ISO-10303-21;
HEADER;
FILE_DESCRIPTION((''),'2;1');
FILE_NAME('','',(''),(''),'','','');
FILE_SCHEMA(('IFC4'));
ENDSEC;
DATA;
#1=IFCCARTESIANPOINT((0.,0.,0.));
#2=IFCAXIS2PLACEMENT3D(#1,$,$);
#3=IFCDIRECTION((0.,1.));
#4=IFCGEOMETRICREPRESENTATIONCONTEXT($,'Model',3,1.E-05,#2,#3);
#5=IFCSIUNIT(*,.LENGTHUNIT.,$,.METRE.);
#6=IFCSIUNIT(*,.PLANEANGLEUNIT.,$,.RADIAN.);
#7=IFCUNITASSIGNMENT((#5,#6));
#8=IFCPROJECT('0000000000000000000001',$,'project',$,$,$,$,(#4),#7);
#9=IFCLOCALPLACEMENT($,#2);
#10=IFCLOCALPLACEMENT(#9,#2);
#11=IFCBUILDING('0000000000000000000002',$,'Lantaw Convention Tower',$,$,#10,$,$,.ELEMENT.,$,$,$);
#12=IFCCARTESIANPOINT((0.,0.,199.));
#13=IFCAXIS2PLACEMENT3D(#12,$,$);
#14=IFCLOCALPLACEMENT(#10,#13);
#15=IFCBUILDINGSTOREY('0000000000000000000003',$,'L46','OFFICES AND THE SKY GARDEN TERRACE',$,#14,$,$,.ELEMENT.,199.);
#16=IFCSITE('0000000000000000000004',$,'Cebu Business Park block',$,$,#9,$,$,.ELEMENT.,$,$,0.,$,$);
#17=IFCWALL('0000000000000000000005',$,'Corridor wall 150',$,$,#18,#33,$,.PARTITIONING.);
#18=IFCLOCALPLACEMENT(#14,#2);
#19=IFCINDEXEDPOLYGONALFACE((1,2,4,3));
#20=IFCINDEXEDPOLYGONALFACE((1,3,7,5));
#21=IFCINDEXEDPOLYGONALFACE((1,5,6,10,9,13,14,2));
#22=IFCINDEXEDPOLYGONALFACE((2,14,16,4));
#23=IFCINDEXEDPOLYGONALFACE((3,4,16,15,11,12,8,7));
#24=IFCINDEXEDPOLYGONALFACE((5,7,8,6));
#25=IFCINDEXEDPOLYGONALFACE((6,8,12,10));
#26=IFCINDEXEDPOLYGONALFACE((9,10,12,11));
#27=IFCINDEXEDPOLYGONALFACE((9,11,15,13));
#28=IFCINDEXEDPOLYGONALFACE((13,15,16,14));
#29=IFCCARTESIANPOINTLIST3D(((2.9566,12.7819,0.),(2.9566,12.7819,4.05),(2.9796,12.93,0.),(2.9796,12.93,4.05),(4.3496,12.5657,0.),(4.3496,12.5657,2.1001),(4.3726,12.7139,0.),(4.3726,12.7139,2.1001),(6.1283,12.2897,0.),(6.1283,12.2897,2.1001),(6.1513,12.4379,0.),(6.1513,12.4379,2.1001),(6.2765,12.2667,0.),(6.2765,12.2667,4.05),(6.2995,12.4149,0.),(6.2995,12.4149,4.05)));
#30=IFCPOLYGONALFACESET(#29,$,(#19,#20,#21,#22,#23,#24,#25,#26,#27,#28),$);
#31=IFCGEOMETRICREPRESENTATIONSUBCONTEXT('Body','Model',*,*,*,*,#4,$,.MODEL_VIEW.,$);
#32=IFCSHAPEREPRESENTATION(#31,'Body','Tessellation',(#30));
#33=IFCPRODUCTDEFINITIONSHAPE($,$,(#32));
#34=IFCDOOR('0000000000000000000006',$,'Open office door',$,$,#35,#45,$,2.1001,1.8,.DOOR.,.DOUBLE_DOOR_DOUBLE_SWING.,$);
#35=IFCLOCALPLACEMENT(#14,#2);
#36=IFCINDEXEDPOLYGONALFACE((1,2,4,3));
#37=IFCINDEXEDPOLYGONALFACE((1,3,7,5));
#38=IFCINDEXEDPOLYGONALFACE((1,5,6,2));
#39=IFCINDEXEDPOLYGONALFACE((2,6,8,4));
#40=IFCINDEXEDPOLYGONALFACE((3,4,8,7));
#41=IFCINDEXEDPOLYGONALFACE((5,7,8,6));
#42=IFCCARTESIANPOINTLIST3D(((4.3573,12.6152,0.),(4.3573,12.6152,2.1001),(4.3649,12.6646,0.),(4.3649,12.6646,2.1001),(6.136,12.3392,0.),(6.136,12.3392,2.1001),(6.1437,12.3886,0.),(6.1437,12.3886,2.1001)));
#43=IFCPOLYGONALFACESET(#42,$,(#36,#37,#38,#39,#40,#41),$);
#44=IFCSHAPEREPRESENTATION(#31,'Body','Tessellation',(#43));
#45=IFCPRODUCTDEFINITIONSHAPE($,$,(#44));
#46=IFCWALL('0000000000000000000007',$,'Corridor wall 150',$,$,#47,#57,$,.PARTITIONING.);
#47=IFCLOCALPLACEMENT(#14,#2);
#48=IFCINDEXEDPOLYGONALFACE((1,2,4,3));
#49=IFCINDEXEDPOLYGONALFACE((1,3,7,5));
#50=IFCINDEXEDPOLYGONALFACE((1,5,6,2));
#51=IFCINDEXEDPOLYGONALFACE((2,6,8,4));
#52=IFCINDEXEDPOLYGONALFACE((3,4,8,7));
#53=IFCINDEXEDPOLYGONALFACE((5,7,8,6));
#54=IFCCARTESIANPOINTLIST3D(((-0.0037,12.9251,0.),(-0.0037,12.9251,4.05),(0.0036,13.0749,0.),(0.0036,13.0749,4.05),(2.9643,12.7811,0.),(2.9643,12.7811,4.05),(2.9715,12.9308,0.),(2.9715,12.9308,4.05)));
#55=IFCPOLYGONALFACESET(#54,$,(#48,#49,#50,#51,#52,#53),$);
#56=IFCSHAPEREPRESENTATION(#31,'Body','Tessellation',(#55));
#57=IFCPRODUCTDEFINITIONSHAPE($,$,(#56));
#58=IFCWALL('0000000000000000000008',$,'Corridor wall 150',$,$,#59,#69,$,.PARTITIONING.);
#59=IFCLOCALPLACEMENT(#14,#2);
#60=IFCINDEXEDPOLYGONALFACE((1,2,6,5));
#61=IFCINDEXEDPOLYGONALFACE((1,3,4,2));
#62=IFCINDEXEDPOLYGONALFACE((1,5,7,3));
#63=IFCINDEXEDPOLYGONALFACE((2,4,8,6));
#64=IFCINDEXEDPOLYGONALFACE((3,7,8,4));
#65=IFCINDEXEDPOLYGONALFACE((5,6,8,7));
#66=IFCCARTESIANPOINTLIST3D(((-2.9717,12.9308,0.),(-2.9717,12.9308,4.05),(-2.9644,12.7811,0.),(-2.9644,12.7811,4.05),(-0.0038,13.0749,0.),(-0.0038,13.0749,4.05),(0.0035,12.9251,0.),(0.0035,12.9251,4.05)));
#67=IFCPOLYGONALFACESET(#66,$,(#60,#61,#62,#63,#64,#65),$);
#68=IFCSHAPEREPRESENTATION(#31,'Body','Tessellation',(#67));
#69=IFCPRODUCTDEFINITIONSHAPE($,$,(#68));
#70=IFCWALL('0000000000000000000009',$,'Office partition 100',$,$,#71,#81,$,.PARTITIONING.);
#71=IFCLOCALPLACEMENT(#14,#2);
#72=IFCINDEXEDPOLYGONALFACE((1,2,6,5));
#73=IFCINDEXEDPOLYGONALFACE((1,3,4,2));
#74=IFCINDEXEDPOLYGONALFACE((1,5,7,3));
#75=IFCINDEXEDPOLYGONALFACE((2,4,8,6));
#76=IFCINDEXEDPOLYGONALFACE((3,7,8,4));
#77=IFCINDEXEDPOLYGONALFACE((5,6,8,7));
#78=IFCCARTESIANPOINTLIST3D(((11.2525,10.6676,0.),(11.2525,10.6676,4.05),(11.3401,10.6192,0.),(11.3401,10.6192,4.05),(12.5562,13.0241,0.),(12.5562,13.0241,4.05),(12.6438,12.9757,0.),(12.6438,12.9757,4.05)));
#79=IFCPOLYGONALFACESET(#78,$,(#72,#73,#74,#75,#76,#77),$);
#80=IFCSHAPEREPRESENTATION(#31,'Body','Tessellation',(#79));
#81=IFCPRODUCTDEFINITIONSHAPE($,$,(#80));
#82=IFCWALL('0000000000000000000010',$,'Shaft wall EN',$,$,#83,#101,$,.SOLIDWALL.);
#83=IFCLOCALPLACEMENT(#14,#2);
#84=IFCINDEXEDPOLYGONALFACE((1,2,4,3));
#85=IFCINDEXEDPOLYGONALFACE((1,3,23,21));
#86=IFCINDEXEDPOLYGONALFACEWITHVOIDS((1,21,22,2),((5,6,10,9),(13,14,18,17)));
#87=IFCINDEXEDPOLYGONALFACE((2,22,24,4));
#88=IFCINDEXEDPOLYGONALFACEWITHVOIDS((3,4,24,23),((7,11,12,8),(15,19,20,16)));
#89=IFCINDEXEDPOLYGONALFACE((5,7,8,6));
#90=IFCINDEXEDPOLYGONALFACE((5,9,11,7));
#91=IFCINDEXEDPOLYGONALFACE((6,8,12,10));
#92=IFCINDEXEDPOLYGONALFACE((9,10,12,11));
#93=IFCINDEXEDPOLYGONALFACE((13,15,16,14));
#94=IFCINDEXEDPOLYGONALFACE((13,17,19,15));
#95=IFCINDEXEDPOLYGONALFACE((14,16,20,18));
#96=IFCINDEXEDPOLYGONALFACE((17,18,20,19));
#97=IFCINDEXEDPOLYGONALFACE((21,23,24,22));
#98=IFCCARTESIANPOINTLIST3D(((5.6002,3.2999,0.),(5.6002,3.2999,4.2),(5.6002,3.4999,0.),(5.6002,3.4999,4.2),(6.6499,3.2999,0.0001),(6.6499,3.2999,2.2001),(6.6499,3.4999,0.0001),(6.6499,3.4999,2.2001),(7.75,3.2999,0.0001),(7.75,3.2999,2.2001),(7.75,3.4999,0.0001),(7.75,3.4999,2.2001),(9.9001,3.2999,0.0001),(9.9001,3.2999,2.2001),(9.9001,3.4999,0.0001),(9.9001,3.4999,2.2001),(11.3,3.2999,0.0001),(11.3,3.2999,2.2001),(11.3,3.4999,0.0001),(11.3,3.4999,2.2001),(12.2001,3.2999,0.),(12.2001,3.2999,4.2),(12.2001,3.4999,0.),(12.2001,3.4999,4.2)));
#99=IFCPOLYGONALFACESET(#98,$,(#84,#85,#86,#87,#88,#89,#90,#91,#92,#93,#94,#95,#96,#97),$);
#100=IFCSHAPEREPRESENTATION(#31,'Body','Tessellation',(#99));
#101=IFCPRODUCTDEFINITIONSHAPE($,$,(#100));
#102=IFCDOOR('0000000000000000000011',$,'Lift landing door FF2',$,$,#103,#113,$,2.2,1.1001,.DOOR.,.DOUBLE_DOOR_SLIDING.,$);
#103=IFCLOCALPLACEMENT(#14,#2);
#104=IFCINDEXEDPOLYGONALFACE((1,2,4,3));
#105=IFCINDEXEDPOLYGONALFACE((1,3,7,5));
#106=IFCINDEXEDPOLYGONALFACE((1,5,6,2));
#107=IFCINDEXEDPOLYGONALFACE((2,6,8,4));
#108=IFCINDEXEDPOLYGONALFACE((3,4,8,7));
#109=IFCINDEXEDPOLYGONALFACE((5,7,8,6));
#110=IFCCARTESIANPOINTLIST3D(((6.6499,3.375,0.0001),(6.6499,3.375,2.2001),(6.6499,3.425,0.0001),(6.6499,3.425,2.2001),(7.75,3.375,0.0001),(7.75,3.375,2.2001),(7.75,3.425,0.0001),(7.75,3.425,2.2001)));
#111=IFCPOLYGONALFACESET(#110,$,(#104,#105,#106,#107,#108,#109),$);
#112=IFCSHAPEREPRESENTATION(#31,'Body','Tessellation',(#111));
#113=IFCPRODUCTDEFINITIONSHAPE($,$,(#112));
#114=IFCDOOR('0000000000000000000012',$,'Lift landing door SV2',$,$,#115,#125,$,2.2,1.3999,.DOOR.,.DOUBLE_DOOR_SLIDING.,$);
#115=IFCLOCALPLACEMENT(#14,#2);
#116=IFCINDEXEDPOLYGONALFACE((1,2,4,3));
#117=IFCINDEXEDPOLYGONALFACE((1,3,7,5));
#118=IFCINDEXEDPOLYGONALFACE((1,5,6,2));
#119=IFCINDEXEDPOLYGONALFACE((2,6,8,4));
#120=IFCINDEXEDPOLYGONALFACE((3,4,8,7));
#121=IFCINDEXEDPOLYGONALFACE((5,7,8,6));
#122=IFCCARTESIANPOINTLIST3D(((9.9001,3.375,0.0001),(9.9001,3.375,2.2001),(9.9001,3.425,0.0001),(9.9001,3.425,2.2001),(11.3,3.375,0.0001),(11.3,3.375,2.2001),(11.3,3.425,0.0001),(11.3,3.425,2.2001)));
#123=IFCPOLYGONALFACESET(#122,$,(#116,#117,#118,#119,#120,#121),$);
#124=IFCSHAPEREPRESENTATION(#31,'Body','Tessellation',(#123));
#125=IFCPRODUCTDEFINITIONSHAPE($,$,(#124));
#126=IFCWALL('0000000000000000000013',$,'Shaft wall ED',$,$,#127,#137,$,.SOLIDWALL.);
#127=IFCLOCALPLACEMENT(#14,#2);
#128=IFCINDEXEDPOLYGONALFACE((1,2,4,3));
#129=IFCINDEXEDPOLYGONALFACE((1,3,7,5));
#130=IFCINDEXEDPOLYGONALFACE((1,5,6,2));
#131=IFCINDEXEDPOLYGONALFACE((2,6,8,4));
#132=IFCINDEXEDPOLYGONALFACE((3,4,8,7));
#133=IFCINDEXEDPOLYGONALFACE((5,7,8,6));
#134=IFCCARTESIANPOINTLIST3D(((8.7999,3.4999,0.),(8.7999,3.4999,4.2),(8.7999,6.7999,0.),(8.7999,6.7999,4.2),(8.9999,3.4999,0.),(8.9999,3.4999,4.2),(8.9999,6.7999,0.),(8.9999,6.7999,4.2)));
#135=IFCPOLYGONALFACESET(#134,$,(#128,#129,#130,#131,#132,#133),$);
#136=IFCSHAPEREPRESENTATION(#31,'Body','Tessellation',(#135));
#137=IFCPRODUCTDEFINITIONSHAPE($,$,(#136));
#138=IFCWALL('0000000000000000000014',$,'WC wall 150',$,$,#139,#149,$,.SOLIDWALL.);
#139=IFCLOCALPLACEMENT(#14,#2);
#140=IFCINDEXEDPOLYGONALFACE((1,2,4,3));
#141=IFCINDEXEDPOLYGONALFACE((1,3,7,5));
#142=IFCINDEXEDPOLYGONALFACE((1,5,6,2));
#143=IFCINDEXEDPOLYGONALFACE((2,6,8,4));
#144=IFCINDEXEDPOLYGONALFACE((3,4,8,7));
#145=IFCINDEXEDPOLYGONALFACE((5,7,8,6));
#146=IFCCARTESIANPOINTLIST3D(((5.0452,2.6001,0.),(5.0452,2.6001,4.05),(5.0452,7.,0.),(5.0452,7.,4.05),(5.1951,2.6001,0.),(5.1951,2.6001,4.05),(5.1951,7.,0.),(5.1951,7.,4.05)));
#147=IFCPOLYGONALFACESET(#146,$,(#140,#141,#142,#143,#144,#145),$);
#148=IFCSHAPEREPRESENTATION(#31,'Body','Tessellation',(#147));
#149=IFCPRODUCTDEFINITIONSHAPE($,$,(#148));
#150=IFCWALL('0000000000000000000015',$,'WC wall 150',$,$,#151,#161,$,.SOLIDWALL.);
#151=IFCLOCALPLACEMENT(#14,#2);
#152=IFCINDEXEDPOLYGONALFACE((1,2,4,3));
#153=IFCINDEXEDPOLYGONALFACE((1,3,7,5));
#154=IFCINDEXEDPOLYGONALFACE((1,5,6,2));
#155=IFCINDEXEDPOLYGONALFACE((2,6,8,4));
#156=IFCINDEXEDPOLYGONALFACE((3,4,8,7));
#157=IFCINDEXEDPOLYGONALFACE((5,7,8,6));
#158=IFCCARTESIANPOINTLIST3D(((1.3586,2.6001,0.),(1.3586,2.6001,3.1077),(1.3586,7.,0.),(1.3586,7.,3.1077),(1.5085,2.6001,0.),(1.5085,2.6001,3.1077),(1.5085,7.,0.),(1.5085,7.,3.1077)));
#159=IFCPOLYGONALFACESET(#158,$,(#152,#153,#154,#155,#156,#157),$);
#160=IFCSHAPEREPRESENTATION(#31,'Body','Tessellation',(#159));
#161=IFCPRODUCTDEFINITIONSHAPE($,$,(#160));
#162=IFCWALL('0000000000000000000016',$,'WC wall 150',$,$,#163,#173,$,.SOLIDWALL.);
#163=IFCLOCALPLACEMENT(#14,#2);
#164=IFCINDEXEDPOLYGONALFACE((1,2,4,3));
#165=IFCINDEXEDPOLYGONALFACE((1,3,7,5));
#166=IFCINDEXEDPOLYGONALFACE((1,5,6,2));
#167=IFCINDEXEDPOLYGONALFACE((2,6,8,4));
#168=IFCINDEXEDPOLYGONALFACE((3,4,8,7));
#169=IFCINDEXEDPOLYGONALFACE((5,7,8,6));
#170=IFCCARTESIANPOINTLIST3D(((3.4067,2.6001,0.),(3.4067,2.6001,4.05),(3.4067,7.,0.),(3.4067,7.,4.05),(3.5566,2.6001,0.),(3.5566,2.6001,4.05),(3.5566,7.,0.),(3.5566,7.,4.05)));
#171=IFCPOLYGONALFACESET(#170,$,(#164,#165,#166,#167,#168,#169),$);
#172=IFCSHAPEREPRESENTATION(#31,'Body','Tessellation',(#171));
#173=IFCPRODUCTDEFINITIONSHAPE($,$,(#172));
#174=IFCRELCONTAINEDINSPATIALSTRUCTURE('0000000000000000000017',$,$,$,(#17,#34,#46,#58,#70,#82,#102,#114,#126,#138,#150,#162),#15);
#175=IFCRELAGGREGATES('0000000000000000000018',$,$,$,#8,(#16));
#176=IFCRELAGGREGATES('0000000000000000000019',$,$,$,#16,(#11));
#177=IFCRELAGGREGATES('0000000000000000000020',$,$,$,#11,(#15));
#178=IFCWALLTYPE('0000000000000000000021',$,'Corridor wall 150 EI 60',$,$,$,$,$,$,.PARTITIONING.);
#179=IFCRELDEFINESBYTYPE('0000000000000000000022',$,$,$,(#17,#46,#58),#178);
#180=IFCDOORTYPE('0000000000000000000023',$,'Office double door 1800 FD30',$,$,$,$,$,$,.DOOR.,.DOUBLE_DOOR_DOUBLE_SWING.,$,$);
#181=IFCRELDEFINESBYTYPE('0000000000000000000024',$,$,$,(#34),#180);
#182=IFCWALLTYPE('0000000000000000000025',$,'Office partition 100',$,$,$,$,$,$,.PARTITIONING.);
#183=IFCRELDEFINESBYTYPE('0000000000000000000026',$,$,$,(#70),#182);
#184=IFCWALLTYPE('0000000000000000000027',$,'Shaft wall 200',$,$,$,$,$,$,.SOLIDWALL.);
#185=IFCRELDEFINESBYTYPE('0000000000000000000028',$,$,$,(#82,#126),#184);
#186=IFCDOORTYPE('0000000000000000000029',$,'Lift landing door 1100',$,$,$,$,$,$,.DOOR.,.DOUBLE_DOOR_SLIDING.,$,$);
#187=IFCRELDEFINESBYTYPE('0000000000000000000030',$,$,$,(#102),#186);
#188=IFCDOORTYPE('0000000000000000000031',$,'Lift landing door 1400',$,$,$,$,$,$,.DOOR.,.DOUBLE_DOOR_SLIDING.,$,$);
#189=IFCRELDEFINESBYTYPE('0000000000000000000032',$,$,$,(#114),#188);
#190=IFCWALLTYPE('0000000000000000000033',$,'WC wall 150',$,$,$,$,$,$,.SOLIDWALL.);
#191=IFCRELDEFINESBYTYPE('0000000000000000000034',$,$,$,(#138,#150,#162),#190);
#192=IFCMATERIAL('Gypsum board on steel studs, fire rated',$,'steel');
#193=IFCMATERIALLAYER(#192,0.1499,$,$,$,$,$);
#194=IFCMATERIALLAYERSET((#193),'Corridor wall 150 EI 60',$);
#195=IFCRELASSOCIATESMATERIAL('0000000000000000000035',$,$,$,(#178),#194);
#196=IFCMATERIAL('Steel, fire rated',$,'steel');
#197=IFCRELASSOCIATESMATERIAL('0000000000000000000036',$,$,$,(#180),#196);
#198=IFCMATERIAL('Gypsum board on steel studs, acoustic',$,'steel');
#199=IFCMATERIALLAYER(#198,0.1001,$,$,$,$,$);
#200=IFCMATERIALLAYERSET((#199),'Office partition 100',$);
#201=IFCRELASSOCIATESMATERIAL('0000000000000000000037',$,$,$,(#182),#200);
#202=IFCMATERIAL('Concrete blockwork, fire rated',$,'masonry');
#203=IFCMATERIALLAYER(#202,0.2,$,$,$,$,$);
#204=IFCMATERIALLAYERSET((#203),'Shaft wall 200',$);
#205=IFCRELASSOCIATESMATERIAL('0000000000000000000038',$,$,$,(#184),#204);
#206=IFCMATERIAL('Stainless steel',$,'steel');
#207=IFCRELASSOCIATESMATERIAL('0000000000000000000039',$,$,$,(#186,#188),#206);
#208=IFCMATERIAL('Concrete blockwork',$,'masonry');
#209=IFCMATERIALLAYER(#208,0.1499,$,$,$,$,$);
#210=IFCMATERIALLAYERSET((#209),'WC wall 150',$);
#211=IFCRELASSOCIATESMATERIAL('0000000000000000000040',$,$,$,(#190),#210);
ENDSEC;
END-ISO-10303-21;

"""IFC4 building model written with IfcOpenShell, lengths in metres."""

from ifc_helpers import new_model, si_unit, direction, frame, frame_2d, origin, place, context, subcontext, project, spatial, rectangle, extrude, material, layer, layer_set, type_object, element, fill, save


model = new_model("IFC4")

# Units and contexts
model_context = context("Model", 3, precision=1e-05, world=origin(), true_north=direction((0.0, 1.0)))
body_context = subcontext(model_context, "Body", "Model", "MODEL_VIEW")
ifc_project = project(units=[si_unit("LENGTHUNIT", "METRE"), si_unit("PLANEANGLEUNIT", "RADIAN")], contexts=[model_context])

# Site, building, storey
site_placement = place(None, origin())
site = spatial("IfcSite", under=ifc_project, at=site_placement, Name="Cebu Business Park block", CompositionType="ELEMENT", RefElevation=0.0)
building_placement = place(site_placement, origin())
building = spatial("IfcBuilding", under=site, at=building_placement, Name="Lantaw Convention Tower", CompositionType="ELEMENT")
storey_placement = place(building_placement, frame((0.0, 0.0, 199.0)))
storey = spatial("IfcBuildingStorey", under=building, at=storey_placement, Name="L46", Description="OFFICES AND THE SKY GARDEN TERRACE", CompositionType="ELEMENT", Elevation=199.0)

# Shared definitions
ifc_material_1 = material(Name="Gypsum board on steel studs, fire rated", Category="steel")
ifc_layer_1 = layer(ifc_material_1, 0.1499)
ifc_layer_set_1 = layer_set([ifc_layer_1], Name="Corridor wall 150 EI 60")
wall_type_1 = type_object("IfcWallType", Name="Corridor wall 150 EI 60", PredefinedType="PARTITIONING", material=ifc_layer_set_1)

# Wall, opening, door
wall_1_placement = place(storey_placement, frame((6.2878, 12.3408, 0.0), z_axis=(0.0, 0.0, 1.0), x_axis=(-0.988174, 0.153335, 0.0)))
wall_1 = element("IfcWall", 1, at=wall_1_placement, inside=storey, type_object=wall_type_1, Name="Corridor wall 150", PredefinedType="PARTITIONING", context=body_context, shape_type="SweptSolid", body=[
    extrude(rectangle(XDim=3.3596, YDim=0.1499, at=frame_2d((1.6797, 0.0))), origin(), (0.0, 0.0, 1.0), 4.05),
])
opening_1_placement = place(wall_1_placement, frame((0.1499, 0.0, 0.0)))
opening_1 = element("IfcOpeningElement", 2, at=opening_1_placement, cuts=wall_1, PredefinedType="OPENING", context=body_context, shape_type="SweptSolid", body=[
    extrude(rectangle(XDim=1.8, YDim=2.1001, at=frame_2d((0.8999, 1.05))), frame((0.0, 0.085, 0.0), z_axis=(0.0, -1.0, 0.0), x_axis=(1.0, 0.0, 0.0)), (0.0, 0.0, 1.0), 0.1699),
])
ifc_material_2 = material(Name="Steel, fire rated", Category="steel")
door_type_1 = type_object("IfcDoorType", Name="Office double door 1800 FD30", OperationType="DOUBLE_DOOR_DOUBLE_SWING", PredefinedType="DOOR", material=ifc_material_2)
door_1_placement = place(opening_1_placement, origin())
door_1 = element("IfcDoor", 3, at=door_1_placement, inside=storey, type_object=door_type_1, Name="Open office door", OperationType="DOUBLE_DOOR_DOUBLE_SWING", OverallHeight=2.1001, OverallWidth=1.8, PredefinedType="DOOR", context=body_context, shape_type="SweptSolid", body=[
    extrude(rectangle(XDim=1.8, YDim=2.1001, at=frame_2d((0.8999, 1.05))), frame((0.0, 0.0249, 0.0), z_axis=(0.0, -1.0, 0.0), x_axis=(1.0, 0.0, 0.0)), (0.0, 0.0, 1.0), 0.05),
])
fill(opening_1, door_1)

# Walls
for number, where, z_axis, x_axis, name in (
    (4, (2.968, 12.856, 0.0), (0.0, 0.0, 1.0), (-0.998824, 0.048475, 0.0), "Corridor wall 150"),
    (5, (0.0, 13.0, 0.0), (0.0, 0.0, 1.0), (-0.998824, -0.048475, 0.0), "Corridor wall 150"),
):
    element("IfcWall", number, at=place(storey_placement, frame(where, z_axis=z_axis, x_axis=x_axis)), inside=storey, type_object=wall_type_1, Name=name, PredefinedType="PARTITIONING", context=body_context, shape_type="SweptSolid", body=[
        extrude(rectangle(XDim=2.9714, YDim=0.1499, at=frame_2d((1.4858, 0.0))), origin(), (0.0, 0.0, 1.0), 4.05),
    ])
ifc_material_3 = material(Name="Gypsum board on steel studs, acoustic", Category="steel")
ifc_layer_2 = layer(ifc_material_3, 0.1001)
ifc_layer_set_2 = layer_set([ifc_layer_2], Name="Office partition 100")
wall_type_2 = type_object("IfcWallType", Name="Office partition 100", PredefinedType="PARTITIONING", material=ifc_layer_set_2)
wall_2_placement = place(storey_placement, frame((12.6001, 13.0, 0.0), z_axis=(0.0, 0.0, 1.0), x_axis=(-0.484103, -0.875011, 0.0)))
element("IfcWall", 6, at=wall_2_placement, inside=storey, type_object=wall_type_2, Name="Office partition 100", PredefinedType="PARTITIONING", context=body_context, shape_type="SweptSolid", body=[
    extrude(rectangle(XDim=2.6931, YDim=0.1001, at=frame_2d((1.3467, 0.0))), origin(), (0.0, 0.0, 1.0), 4.05),
])

# Wall, openings, doors
ifc_material_4 = material(Name="Concrete blockwork, fire rated", Category="masonry")
ifc_layer_3 = layer(ifc_material_4, 0.2)
ifc_layer_set_3 = layer_set([ifc_layer_3], Name="Shaft wall 200")
wall_type_3 = type_object("IfcWallType", Name="Shaft wall 200", PredefinedType="SOLIDWALL", material=ifc_layer_set_3)
wall_3_placement = place(storey_placement, frame((12.2, 3.3999, 0.0), z_axis=(0.0, 0.0, 1.0), x_axis=(-1.0, 0.0, 0.0)))
wall_3 = element("IfcWall", 7, at=wall_3_placement, inside=storey, type_object=wall_type_3, Name="Shaft wall EN", PredefinedType="SOLIDWALL", context=body_context, shape_type="SweptSolid", body=[
    extrude(rectangle(XDim=6.5999, YDim=0.2, at=frame_2d((3.2998, 0.0))), origin(), (0.0, 0.0, 1.0), 4.2),
])
opening_2_placement = place(wall_3_placement, frame((4.45, 0.0, 0.0)))
opening_2 = element("IfcOpeningElement", 8, at=opening_2_placement, cuts=wall_3, PredefinedType="OPENING", context=body_context, shape_type="SweptSolid", body=[
    extrude(rectangle(XDim=1.1001, YDim=2.2, at=frame_2d((0.55, 1.1001))), frame((0.0, 0.1099, 0.0), z_axis=(0.0, -1.0, 0.0), x_axis=(1.0, 0.0, 0.0)), (0.0, 0.0, 1.0), 0.22),
])
opening_3_placement = place(wall_3_placement, frame((0.8999, 0.0, 0.0)))
opening_3 = element("IfcOpeningElement", 9, at=opening_3_placement, cuts=wall_3, PredefinedType="OPENING", context=body_context, shape_type="SweptSolid", body=[
    extrude(rectangle(XDim=1.3999, YDim=2.2, at=frame_2d((0.7, 1.1001))), frame((0.0, 0.1099, 0.0), z_axis=(0.0, -1.0, 0.0), x_axis=(1.0, 0.0, 0.0)), (0.0, 0.0, 1.0), 0.22),
])
ifc_material_5 = material(Name="Stainless steel", Category="steel")
door_type_2 = type_object("IfcDoorType", Name="Lift landing door 1100", OperationType="DOUBLE_DOOR_SLIDING", PredefinedType="DOOR", material=ifc_material_5)
door_2_placement = place(opening_2_placement, origin())
door_2 = element("IfcDoor", 10, at=door_2_placement, inside=storey, type_object=door_type_2, Name="Lift landing door FF2", OperationType="DOUBLE_DOOR_SLIDING", OverallHeight=2.2, OverallWidth=1.1001, PredefinedType="DOOR", context=body_context, shape_type="SweptSolid", body=[
    extrude(rectangle(XDim=1.1001, YDim=2.2, at=frame_2d((0.55, 1.1001))), frame((0.0, 0.0249, 0.0), z_axis=(0.0, -1.0, 0.0), x_axis=(1.0, 0.0, 0.0)), (0.0, 0.0, 1.0), 0.05),
])
fill(opening_2, door_2)
door_type_3 = type_object("IfcDoorType", Name="Lift landing door 1400", OperationType="DOUBLE_DOOR_SLIDING", PredefinedType="DOOR", material=ifc_material_5)
door_3_placement = place(opening_3_placement, origin())
door_3 = element("IfcDoor", 11, at=door_3_placement, inside=storey, type_object=door_type_3, Name="Lift landing door SV2", OperationType="DOUBLE_DOOR_SLIDING", OverallHeight=2.2, OverallWidth=1.3999, PredefinedType="DOOR", context=body_context, shape_type="SweptSolid", body=[
    extrude(rectangle(XDim=1.3999, YDim=2.2, at=frame_2d((0.7, 1.1001))), frame((0.0, 0.0249, 0.0), z_axis=(0.0, -1.0, 0.0), x_axis=(1.0, 0.0, 0.0)), (0.0, 0.0, 1.0), 0.05),
])
fill(opening_3, door_3)

# Walls
wall_4_placement = place(storey_placement, frame((8.8999, 3.5, 0.0), z_axis=(0.0, 0.0, 1.0), x_axis=(0.0, 1.0, 0.0)))
element("IfcWall", 12, at=wall_4_placement, inside=storey, type_object=wall_type_3, Name="Shaft wall ED", PredefinedType="SOLIDWALL", context=body_context, shape_type="SweptSolid", body=[
    extrude(rectangle(XDim=3.3, YDim=0.2, at=frame_2d((1.6499, 0.0))), origin(), (0.0, 0.0, 1.0), 4.2),
])
ifc_material_6 = material(Name="Concrete blockwork", Category="masonry")
ifc_layer_4 = layer(ifc_material_6, 0.1499)
ifc_layer_set_4 = layer_set([ifc_layer_4], Name="WC wall 150")
wall_type_4 = type_object("IfcWallType", Name="WC wall 150", PredefinedType="SOLIDWALL", material=ifc_layer_set_4)
wall_5_placement = place(storey_placement, frame((5.1201, 2.6001, 0.0), z_axis=(0.0, 0.0, 1.0), x_axis=(0.0, 1.0, 0.0)))
element("IfcWall", 13, at=wall_5_placement, inside=storey, type_object=wall_type_4, Name="WC wall 150", PredefinedType="SOLIDWALL", context=body_context, shape_type="SweptSolid", body=[
    extrude(rectangle(XDim=4.3999, YDim=0.1499, at=frame_2d((2.2, 0.0))), origin(), (0.0, 0.0, 1.0), 4.05),
])
wall_6_placement = place(storey_placement, frame((1.4336, 2.6001, 0.0), z_axis=(0.0, 0.0, 1.0), x_axis=(0.0, 1.0, 0.0)))
element("IfcWall", 14, at=wall_6_placement, inside=storey, type_object=wall_type_4, Name="WC wall 150", PredefinedType="SOLIDWALL", context=body_context, shape_type="SweptSolid", body=[
    extrude(rectangle(XDim=4.3999, YDim=0.1499, at=frame_2d((2.2, 0.0))), origin(), (0.0, 0.0, 1.0), 3.1077),
])
wall_7_placement = place(storey_placement, frame((3.4817, 2.6001, 0.0), z_axis=(0.0, 0.0, 1.0), x_axis=(0.0, 1.0, 0.0)))
element("IfcWall", 15, at=wall_7_placement, inside=storey, type_object=wall_type_4, Name="WC wall 150", PredefinedType="SOLIDWALL", context=body_context, shape_type="SweptSolid", body=[
    extrude(rectangle(XDim=4.3999, YDim=0.1499, at=frame_2d((2.2, 0.0))), origin(), (0.0, 0.0, 1.0), 4.05),
])

save(model, "model.ifc")
